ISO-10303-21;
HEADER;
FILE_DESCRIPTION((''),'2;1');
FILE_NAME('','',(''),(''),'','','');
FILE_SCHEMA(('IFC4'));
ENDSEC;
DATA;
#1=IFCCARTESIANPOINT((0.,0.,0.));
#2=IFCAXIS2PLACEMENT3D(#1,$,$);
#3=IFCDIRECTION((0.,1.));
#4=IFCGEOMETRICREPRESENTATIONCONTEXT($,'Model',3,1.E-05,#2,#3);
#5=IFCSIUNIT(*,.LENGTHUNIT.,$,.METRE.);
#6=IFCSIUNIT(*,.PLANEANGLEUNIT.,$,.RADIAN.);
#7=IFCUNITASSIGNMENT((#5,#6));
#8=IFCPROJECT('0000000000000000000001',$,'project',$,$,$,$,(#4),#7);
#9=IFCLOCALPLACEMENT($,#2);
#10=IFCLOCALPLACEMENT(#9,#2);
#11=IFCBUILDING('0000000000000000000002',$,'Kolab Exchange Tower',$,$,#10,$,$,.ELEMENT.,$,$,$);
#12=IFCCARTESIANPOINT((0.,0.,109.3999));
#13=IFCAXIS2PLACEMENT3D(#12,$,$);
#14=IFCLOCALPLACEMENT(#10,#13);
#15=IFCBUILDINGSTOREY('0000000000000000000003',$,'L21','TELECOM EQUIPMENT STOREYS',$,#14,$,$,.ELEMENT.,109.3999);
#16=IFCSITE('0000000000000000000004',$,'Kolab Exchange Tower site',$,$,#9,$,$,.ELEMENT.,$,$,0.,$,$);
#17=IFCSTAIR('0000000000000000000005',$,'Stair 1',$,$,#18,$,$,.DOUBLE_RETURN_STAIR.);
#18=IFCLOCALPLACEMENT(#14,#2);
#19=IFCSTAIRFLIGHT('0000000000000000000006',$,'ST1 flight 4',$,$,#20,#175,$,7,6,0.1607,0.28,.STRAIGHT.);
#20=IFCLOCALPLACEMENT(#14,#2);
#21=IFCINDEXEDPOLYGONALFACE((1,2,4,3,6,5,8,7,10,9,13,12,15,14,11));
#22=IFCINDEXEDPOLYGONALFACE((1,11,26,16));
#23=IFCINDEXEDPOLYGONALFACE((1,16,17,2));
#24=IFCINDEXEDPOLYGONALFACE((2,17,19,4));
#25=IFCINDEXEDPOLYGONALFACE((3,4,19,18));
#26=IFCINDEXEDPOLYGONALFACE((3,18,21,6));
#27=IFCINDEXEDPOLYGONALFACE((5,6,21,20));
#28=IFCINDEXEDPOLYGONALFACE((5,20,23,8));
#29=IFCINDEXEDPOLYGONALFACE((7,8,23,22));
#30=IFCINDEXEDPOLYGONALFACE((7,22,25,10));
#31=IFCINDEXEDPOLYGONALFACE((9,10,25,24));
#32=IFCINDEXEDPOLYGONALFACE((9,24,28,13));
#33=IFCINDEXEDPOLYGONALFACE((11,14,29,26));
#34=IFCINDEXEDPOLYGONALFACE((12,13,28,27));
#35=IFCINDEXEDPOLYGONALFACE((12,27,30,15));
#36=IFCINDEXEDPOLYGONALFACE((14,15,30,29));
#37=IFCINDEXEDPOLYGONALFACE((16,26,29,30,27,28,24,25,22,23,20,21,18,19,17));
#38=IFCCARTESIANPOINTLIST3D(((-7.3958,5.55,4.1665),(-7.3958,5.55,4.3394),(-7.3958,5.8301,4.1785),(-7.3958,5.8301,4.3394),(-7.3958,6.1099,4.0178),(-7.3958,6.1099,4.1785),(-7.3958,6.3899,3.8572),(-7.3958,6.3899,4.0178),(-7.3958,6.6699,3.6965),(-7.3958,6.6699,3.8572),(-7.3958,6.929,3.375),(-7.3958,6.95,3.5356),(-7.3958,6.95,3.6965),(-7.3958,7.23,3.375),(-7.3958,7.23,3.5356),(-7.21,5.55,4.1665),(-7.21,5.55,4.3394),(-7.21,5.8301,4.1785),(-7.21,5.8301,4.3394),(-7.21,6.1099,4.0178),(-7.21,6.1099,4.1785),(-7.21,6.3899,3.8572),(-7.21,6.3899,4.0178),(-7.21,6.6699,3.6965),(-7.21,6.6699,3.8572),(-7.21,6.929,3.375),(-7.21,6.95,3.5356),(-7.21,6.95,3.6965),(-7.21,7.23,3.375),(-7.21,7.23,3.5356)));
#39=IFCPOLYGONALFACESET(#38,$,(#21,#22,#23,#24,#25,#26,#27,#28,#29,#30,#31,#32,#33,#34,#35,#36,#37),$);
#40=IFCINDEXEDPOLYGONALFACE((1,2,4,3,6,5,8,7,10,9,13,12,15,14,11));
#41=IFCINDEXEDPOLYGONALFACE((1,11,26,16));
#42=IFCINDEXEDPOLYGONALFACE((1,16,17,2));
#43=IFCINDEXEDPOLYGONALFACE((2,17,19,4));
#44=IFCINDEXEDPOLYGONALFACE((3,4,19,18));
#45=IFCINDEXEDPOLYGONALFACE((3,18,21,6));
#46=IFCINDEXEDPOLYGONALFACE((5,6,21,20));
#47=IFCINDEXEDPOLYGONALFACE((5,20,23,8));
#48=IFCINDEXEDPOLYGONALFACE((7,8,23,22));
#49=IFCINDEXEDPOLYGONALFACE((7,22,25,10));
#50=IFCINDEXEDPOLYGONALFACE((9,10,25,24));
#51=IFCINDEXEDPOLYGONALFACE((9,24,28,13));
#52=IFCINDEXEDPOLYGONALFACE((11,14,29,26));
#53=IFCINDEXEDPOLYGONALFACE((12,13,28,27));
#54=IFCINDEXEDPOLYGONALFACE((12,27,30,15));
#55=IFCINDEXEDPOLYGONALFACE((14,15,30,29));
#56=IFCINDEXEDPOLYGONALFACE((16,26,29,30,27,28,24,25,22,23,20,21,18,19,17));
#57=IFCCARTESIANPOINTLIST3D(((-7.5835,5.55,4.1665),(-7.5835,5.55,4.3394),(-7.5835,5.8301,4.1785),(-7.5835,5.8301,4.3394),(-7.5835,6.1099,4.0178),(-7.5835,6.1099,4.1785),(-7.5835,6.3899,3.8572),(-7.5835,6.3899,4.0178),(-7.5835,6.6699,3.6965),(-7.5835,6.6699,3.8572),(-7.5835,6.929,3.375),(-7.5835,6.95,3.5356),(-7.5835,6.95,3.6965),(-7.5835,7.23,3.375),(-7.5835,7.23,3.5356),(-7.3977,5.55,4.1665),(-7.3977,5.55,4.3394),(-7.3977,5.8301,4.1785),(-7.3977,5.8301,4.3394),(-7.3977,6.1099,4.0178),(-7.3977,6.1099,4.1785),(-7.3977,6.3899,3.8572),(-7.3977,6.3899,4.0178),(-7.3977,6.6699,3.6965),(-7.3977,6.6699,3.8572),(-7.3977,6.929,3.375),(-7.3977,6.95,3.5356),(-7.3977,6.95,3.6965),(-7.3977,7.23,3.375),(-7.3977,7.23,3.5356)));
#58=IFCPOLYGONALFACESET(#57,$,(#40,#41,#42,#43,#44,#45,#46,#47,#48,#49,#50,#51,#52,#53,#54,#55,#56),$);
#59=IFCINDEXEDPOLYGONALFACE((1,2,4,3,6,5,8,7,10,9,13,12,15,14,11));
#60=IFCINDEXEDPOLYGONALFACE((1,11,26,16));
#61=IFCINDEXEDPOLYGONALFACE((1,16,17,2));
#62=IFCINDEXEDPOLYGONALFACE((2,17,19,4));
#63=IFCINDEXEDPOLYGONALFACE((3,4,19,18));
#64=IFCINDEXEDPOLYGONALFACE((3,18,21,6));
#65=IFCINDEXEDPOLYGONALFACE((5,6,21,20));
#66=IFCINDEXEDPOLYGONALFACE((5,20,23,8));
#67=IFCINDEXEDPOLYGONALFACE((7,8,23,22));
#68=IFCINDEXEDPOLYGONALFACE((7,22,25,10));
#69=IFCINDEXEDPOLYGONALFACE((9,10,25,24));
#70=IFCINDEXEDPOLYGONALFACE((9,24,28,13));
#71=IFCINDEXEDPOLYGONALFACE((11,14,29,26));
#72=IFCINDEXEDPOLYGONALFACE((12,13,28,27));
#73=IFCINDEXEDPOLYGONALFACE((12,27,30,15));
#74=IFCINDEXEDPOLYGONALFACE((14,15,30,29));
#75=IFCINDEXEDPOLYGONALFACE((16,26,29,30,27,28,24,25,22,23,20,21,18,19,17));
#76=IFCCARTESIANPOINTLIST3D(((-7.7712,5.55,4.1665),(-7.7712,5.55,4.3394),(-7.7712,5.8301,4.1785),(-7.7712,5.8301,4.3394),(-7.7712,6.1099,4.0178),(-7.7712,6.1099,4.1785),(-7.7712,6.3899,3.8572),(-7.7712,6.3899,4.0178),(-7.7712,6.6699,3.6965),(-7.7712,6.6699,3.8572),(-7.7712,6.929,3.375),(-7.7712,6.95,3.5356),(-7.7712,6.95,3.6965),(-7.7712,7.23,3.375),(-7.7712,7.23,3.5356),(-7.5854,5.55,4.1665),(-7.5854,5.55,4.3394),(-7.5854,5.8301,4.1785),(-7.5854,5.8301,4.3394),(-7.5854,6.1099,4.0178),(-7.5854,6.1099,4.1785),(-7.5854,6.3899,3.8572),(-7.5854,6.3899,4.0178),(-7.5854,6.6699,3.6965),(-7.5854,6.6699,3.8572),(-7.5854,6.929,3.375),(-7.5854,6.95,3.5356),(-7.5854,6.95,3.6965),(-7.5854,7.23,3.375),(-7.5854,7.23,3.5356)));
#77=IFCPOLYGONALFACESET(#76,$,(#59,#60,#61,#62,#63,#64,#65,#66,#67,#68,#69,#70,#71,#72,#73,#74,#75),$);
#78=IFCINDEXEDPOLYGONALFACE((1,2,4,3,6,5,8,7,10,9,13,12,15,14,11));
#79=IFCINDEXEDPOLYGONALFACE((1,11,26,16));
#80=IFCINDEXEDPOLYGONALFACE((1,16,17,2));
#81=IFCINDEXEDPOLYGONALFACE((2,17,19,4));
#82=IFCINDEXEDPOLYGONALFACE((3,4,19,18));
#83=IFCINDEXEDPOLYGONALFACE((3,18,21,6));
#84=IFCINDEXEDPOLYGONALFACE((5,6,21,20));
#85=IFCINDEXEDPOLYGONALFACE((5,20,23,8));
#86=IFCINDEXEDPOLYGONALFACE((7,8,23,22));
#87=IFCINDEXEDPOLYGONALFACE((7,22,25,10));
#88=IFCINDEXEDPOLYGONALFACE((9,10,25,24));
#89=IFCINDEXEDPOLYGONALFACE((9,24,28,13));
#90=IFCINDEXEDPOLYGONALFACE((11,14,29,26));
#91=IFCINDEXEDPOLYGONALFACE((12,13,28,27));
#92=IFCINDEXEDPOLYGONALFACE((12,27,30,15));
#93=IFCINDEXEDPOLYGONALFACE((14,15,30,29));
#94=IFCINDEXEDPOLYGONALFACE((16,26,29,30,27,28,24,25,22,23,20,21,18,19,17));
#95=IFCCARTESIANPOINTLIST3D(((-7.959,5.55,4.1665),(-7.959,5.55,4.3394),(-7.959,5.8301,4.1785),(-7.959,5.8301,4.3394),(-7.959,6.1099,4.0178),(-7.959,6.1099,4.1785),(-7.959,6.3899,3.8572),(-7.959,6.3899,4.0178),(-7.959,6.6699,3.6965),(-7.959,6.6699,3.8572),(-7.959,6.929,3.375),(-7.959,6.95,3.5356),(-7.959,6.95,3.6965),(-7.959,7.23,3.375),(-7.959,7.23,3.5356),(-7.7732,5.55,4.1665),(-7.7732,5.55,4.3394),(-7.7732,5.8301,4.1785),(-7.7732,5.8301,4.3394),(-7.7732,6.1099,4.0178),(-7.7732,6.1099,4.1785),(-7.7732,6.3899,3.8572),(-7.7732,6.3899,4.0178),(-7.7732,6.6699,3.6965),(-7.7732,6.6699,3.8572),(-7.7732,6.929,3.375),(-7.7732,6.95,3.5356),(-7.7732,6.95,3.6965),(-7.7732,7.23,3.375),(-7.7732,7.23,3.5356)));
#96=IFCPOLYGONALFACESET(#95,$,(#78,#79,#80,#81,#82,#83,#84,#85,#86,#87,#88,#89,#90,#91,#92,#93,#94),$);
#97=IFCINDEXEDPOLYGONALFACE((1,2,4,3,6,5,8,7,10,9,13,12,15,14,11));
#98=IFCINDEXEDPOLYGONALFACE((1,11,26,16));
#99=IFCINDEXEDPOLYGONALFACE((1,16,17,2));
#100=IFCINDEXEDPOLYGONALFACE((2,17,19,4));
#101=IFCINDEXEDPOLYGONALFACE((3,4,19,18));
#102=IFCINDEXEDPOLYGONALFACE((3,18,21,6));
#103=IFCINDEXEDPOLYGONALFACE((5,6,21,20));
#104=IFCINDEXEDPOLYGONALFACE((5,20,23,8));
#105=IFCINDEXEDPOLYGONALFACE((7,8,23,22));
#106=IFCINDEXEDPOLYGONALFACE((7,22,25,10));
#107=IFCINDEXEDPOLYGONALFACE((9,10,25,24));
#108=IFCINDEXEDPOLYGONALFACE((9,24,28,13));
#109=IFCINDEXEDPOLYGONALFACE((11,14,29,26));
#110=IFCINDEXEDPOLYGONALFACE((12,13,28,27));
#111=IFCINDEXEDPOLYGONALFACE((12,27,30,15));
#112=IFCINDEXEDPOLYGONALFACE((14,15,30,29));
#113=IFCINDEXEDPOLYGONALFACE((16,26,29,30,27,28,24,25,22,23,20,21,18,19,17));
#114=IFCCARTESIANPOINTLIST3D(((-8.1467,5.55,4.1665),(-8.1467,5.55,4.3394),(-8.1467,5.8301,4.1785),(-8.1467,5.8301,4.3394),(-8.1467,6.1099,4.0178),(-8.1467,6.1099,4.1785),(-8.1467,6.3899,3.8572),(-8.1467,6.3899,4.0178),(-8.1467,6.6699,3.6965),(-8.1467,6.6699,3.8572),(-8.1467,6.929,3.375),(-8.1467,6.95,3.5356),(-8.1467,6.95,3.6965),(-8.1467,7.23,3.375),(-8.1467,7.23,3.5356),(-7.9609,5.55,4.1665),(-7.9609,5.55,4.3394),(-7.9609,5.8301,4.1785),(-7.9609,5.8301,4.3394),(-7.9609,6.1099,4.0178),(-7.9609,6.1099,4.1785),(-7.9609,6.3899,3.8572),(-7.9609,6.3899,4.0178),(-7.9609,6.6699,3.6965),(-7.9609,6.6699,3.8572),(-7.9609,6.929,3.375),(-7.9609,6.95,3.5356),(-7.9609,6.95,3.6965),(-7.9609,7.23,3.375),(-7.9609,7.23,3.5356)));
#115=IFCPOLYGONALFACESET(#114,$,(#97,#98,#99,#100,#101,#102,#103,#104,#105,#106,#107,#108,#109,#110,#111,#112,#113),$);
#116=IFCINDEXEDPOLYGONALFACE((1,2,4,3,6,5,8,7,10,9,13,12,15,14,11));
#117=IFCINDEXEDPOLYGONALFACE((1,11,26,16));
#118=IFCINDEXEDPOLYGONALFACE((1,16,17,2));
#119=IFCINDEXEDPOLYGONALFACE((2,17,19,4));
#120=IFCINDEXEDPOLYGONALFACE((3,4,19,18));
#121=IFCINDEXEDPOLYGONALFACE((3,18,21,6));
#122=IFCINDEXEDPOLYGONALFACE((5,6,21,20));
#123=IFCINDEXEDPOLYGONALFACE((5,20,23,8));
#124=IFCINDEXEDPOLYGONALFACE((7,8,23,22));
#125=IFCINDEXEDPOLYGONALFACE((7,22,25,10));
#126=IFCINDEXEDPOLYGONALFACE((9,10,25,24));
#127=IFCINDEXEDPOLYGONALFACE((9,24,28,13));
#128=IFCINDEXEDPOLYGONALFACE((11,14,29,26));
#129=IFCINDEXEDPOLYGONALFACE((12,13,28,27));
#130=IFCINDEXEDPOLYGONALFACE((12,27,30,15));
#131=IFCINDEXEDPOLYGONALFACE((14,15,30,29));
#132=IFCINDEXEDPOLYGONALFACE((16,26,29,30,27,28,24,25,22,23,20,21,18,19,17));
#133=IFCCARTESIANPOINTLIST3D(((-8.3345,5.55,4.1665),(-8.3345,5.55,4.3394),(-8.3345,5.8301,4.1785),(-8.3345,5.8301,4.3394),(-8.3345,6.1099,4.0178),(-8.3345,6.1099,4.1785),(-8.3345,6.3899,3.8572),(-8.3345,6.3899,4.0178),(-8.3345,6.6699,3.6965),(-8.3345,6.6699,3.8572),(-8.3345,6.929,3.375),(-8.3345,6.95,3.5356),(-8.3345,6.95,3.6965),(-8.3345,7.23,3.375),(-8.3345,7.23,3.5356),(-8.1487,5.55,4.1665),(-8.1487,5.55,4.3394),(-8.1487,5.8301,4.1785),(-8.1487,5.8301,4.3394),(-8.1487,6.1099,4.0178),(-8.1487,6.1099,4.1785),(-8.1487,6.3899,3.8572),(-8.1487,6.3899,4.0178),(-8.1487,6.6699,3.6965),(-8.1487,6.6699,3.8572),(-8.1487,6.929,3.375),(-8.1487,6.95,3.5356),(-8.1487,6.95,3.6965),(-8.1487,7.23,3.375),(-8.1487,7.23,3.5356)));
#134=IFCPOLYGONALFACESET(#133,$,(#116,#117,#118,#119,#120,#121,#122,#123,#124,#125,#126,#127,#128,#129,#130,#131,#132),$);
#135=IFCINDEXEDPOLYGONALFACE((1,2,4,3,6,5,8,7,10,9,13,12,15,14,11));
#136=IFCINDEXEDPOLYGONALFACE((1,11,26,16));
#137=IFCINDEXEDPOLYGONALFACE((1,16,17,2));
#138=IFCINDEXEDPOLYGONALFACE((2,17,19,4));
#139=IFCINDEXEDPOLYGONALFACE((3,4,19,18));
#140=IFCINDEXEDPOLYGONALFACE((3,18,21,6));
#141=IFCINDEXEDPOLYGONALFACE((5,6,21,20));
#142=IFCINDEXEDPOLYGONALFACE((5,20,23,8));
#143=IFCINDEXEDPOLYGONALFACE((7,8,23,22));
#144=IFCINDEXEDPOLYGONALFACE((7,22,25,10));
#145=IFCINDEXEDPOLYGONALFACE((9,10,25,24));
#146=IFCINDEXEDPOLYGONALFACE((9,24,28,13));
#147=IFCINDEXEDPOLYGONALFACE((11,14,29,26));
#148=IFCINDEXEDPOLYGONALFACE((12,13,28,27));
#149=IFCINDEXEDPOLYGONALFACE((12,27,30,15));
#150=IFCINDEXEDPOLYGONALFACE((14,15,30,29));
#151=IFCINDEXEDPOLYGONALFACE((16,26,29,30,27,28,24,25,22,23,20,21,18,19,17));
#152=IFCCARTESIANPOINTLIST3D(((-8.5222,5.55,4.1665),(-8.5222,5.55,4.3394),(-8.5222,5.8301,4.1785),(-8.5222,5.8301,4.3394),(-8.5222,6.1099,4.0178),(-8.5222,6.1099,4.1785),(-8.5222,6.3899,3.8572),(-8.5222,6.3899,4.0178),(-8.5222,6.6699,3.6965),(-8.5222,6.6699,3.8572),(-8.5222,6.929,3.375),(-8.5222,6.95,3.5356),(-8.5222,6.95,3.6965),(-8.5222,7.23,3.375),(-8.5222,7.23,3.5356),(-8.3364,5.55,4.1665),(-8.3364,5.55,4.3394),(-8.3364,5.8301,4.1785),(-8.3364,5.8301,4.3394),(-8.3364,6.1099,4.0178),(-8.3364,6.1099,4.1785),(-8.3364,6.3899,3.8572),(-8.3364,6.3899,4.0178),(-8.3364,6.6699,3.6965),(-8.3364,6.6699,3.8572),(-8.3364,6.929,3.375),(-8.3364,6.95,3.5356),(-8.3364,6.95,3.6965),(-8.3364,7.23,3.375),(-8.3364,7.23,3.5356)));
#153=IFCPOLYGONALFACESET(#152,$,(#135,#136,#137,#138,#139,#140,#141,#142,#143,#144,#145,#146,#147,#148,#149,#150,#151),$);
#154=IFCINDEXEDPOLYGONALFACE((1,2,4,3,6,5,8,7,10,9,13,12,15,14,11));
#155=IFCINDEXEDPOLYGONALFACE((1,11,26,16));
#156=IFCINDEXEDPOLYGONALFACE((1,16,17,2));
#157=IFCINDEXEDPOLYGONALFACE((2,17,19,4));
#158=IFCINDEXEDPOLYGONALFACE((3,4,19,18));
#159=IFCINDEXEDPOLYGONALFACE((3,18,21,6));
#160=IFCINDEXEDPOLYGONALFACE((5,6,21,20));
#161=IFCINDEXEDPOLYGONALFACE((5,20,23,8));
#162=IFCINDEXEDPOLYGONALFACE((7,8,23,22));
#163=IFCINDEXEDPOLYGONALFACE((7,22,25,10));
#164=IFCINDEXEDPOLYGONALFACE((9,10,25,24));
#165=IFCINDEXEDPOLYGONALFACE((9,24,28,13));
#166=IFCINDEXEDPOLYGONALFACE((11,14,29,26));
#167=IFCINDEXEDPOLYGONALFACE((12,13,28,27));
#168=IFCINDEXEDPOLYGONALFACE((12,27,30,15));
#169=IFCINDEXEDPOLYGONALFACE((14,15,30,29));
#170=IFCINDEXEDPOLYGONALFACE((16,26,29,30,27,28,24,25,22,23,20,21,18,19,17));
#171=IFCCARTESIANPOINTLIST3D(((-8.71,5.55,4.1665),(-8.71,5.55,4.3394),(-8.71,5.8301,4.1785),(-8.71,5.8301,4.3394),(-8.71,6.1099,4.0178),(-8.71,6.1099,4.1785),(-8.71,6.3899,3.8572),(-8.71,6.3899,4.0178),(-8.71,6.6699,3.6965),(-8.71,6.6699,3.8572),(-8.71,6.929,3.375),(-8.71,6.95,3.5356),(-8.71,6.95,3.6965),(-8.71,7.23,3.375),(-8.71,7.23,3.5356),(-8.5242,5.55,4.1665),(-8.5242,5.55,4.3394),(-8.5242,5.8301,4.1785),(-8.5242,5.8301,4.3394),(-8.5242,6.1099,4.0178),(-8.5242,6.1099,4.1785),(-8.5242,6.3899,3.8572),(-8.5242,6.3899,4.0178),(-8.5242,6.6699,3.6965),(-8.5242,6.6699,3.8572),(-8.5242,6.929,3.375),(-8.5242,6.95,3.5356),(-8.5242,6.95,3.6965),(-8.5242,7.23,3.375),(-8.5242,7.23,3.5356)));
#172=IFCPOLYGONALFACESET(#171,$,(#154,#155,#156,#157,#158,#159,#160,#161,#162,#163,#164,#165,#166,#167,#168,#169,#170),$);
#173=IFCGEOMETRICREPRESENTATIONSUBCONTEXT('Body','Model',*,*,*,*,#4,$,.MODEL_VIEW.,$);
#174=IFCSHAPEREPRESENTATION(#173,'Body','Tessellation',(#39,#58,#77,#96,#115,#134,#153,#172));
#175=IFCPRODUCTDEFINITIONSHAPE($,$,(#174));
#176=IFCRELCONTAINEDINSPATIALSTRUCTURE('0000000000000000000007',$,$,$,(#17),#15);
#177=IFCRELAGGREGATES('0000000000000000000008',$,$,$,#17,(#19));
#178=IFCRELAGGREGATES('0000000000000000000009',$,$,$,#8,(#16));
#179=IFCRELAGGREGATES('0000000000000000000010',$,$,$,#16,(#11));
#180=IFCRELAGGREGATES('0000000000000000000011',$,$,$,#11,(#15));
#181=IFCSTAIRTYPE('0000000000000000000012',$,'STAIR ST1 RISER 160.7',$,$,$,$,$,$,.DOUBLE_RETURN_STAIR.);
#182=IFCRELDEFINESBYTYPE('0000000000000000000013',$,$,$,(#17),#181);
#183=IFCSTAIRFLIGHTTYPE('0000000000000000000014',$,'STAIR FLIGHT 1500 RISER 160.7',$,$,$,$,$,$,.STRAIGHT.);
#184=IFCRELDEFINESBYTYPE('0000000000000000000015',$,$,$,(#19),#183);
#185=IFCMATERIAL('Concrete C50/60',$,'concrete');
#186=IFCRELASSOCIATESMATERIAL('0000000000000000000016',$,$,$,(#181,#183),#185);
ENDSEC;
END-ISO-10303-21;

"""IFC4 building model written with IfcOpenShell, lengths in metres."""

from ifc_helpers import new_model, si_unit, direction, frame, origin, place, context, subcontext, project, spatial, polyline, outline, extrude, material, type_object, element, aggregate, save


model = new_model("IFC4")

# Units and contexts
model_context = context("Model", 3, precision=1e-05, world=origin(), true_north=direction((0.0, 1.0)))
body_context = subcontext(model_context, "Body", "Model", "MODEL_VIEW")
ifc_project = project(units=[si_unit("LENGTHUNIT", "METRE"), si_unit("PLANEANGLEUNIT", "RADIAN")], contexts=[model_context])

# Site, building, storey
site_placement = place(None, origin())
site = spatial("IfcSite", under=ifc_project, at=site_placement, Name="Kolab Exchange Tower site", CompositionType="ELEMENT", RefElevation=0.0)
building_placement = place(site_placement, origin())
building = spatial("IfcBuilding", under=site, at=building_placement, Name="Kolab Exchange Tower", CompositionType="ELEMENT")
storey_placement = place(building_placement, frame((0.0, 0.0, 109.3999)))
storey = spatial("IfcBuildingStorey", under=building, at=storey_placement, Name="L21", Description="TELECOM EQUIPMENT STOREYS", CompositionType="ELEMENT", Elevation=109.3999)

# Shared definitions
ifc_material_1 = material(Name="Concrete C50/60", Category="concrete")

# Stair, stair flight
stair_type = type_object("IfcStairType", Name="STAIR ST1 RISER 160.7", PredefinedType="DOUBLE_RETURN_STAIR", material=ifc_material_1)
stair_placement = place(storey_placement, origin())
stair = element("IfcStair", 1, at=stair_placement, inside=storey, type_object=stair_type, Name="Stair 1", PredefinedType="DOUBLE_RETURN_STAIR")
stair_flight_type = type_object("IfcStairFlightType", Name="STAIR FLIGHT 1500 RISER 160.7", PredefinedType="STRAIGHT", material=ifc_material_1)
stair_flight_1_placement = place(storey_placement, frame((-7.96, 7.23, 3.375), z_axis=(0.0, 0.0, 1.0), x_axis=(0.0, -1.0, 0.0)))
stair_flight_1 = element("IfcStairFlight", 2, at=stair_flight_1_placement, type_object=stair_flight_type, Name="ST1 flight 4", NumberOfRisers=7, NumberOfTreads=6, PredefinedType="STRAIGHT", RiserHeight=0.1607, TreadLength=0.28, context=body_context, shape_type="SweptSolid", body=[
    extrude(outline(polyline([(0.0, 0.0), (0.0, 0.1606), (0.28, 0.1606), (0.28, 0.3215), (0.5601, 0.3215), (0.5601, 0.4822), (0.8401, 0.4822), (0.8401, 0.6428), (1.1201, 0.6428), (1.1201, 0.8035), (1.3999, 0.8035), (1.3999, 0.9644), (1.6799, 0.9644), (1.6799, 1.125), (1.6799, 0.7915), (0.301, 0.0), (0.0, 0.0)])), frame((0.0, 0.75, 0.0), z_axis=(0.0, -1.0, 0.0), x_axis=(1.0, 0.0, 0.0)), (0.0, 0.0, 1.0), 0.1858),
    extrude(outline(polyline([(0.0, 0.0), (0.0, 0.1606), (0.28, 0.1606), (0.28, 0.3215), (0.5601, 0.3215), (0.5601, 0.4822), (0.8401, 0.4822), (0.8401, 0.6428), (1.1201, 0.6428), (1.1201, 0.8035), (1.3999, 0.8035), (1.3999, 0.9644), (1.6799, 0.9644), (1.6799, 1.125), (1.6799, 0.7915), (0.301, 0.0), (0.0, 0.0)])), frame((0.0, 0.5623, 0.0), z_axis=(0.0, -1.0, 0.0), x_axis=(1.0, 0.0, 0.0)), (0.0, 0.0, 1.0), 0.1858),
    extrude(outline(polyline([(0.0, 0.0), (0.0, 0.1606), (0.28, 0.1606), (0.28, 0.3215), (0.5601, 0.3215), (0.5601, 0.4822), (0.8401, 0.4822), (0.8401, 0.6428), (1.1201, 0.6428), (1.1201, 0.8035), (1.3999, 0.8035), (1.3999, 0.9644), (1.6799, 0.9644), (1.6799, 1.125), (1.6799, 0.7915), (0.301, 0.0), (0.0, 0.0)])), frame((0.0, 0.3745, 0.0), z_axis=(0.0, -1.0, 0.0), x_axis=(1.0, 0.0, 0.0)), (0.0, 0.0, 1.0), 0.1858),
    extrude(outline(polyline([(0.0, 0.0), (0.0, 0.1606), (0.28, 0.1606), (0.28, 0.3215), (0.5601, 0.3215), (0.5601, 0.4822), (0.8401, 0.4822), (0.8401, 0.6428), (1.1201, 0.6428), (1.1201, 0.8035), (1.3999, 0.8035), (1.3999, 0.9644), (1.6799, 0.9644), (1.6799, 1.125), (1.6799, 0.7915), (0.301, 0.0), (0.0, 0.0)])), frame((0.0, 0.1868, 0.0), z_axis=(0.0, -1.0, 0.0), x_axis=(1.0, 0.0, 0.0)), (0.0, 0.0, 1.0), 0.1858),
    extrude(outline(polyline([(0.0, 0.0), (0.0, 0.1606), (0.28, 0.1606), (0.28, 0.3215), (0.5601, 0.3215), (0.5601, 0.4822), (0.8401, 0.4822), (0.8401, 0.6428), (1.1201, 0.6428), (1.1201, 0.8035), (1.3999, 0.8035), (1.3999, 0.9644), (1.6799, 0.9644), (1.6799, 1.125), (1.6799, 0.7915), (0.301, 0.0), (0.0, 0.0)])), frame((0.0, -0.001, 0.0), z_axis=(0.0, -1.0, 0.0), x_axis=(1.0, 0.0, 0.0)), (0.0, 0.0, 1.0), 0.1858),
    extrude(outline(polyline([(0.0, 0.0), (0.0, 0.1606), (0.28, 0.1606), (0.28, 0.3215), (0.5601, 0.3215), (0.5601, 0.4822), (0.8401, 0.4822), (0.8401, 0.6428), (1.1201, 0.6428), (1.1201, 0.8035), (1.3999, 0.8035), (1.3999, 0.9644), (1.6799, 0.9644), (1.6799, 1.125), (1.6799, 0.7915), (0.301, 0.0), (0.0, 0.0)])), frame((0.0, -0.1887, 0.0), z_axis=(0.0, -1.0, 0.0), x_axis=(1.0, 0.0, 0.0)), (0.0, 0.0, 1.0), 0.1858),
    extrude(outline(polyline([(0.0, 0.0), (0.0, 0.1606), (0.28, 0.1606), (0.28, 0.3215), (0.5601, 0.3215), (0.5601, 0.4822), (0.8401, 0.4822), (0.8401, 0.6428), (1.1201, 0.6428), (1.1201, 0.8035), (1.3999, 0.8035), (1.3999, 0.9644), (1.6799, 0.9644), (1.6799, 1.125), (1.6799, 0.7915), (0.301, 0.0), (0.0, 0.0)])), frame((0.0, -0.3765, 0.0), z_axis=(0.0, -1.0, 0.0), x_axis=(1.0, 0.0, 0.0)), (0.0, 0.0, 1.0), 0.1858),
    extrude(outline(polyline([(0.0, 0.0), (0.0, 0.1606), (0.28, 0.1606), (0.28, 0.3215), (0.5601, 0.3215), (0.5601, 0.4822), (0.8401, 0.4822), (0.8401, 0.6428), (1.1201, 0.6428), (1.1201, 0.8035), (1.3999, 0.8035), (1.3999, 0.9644), (1.6799, 0.9644), (1.6799, 1.125), (1.6799, 0.7915), (0.301, 0.0), (0.0, 0.0)])), frame((0.0, -0.5642, 0.0), z_axis=(0.0, -1.0, 0.0), x_axis=(1.0, 0.0, 0.0)), (0.0, 0.0, 1.0), 0.1858),
])
aggregate(stair, [stair_flight_1])

save(model, "model.ifc")
